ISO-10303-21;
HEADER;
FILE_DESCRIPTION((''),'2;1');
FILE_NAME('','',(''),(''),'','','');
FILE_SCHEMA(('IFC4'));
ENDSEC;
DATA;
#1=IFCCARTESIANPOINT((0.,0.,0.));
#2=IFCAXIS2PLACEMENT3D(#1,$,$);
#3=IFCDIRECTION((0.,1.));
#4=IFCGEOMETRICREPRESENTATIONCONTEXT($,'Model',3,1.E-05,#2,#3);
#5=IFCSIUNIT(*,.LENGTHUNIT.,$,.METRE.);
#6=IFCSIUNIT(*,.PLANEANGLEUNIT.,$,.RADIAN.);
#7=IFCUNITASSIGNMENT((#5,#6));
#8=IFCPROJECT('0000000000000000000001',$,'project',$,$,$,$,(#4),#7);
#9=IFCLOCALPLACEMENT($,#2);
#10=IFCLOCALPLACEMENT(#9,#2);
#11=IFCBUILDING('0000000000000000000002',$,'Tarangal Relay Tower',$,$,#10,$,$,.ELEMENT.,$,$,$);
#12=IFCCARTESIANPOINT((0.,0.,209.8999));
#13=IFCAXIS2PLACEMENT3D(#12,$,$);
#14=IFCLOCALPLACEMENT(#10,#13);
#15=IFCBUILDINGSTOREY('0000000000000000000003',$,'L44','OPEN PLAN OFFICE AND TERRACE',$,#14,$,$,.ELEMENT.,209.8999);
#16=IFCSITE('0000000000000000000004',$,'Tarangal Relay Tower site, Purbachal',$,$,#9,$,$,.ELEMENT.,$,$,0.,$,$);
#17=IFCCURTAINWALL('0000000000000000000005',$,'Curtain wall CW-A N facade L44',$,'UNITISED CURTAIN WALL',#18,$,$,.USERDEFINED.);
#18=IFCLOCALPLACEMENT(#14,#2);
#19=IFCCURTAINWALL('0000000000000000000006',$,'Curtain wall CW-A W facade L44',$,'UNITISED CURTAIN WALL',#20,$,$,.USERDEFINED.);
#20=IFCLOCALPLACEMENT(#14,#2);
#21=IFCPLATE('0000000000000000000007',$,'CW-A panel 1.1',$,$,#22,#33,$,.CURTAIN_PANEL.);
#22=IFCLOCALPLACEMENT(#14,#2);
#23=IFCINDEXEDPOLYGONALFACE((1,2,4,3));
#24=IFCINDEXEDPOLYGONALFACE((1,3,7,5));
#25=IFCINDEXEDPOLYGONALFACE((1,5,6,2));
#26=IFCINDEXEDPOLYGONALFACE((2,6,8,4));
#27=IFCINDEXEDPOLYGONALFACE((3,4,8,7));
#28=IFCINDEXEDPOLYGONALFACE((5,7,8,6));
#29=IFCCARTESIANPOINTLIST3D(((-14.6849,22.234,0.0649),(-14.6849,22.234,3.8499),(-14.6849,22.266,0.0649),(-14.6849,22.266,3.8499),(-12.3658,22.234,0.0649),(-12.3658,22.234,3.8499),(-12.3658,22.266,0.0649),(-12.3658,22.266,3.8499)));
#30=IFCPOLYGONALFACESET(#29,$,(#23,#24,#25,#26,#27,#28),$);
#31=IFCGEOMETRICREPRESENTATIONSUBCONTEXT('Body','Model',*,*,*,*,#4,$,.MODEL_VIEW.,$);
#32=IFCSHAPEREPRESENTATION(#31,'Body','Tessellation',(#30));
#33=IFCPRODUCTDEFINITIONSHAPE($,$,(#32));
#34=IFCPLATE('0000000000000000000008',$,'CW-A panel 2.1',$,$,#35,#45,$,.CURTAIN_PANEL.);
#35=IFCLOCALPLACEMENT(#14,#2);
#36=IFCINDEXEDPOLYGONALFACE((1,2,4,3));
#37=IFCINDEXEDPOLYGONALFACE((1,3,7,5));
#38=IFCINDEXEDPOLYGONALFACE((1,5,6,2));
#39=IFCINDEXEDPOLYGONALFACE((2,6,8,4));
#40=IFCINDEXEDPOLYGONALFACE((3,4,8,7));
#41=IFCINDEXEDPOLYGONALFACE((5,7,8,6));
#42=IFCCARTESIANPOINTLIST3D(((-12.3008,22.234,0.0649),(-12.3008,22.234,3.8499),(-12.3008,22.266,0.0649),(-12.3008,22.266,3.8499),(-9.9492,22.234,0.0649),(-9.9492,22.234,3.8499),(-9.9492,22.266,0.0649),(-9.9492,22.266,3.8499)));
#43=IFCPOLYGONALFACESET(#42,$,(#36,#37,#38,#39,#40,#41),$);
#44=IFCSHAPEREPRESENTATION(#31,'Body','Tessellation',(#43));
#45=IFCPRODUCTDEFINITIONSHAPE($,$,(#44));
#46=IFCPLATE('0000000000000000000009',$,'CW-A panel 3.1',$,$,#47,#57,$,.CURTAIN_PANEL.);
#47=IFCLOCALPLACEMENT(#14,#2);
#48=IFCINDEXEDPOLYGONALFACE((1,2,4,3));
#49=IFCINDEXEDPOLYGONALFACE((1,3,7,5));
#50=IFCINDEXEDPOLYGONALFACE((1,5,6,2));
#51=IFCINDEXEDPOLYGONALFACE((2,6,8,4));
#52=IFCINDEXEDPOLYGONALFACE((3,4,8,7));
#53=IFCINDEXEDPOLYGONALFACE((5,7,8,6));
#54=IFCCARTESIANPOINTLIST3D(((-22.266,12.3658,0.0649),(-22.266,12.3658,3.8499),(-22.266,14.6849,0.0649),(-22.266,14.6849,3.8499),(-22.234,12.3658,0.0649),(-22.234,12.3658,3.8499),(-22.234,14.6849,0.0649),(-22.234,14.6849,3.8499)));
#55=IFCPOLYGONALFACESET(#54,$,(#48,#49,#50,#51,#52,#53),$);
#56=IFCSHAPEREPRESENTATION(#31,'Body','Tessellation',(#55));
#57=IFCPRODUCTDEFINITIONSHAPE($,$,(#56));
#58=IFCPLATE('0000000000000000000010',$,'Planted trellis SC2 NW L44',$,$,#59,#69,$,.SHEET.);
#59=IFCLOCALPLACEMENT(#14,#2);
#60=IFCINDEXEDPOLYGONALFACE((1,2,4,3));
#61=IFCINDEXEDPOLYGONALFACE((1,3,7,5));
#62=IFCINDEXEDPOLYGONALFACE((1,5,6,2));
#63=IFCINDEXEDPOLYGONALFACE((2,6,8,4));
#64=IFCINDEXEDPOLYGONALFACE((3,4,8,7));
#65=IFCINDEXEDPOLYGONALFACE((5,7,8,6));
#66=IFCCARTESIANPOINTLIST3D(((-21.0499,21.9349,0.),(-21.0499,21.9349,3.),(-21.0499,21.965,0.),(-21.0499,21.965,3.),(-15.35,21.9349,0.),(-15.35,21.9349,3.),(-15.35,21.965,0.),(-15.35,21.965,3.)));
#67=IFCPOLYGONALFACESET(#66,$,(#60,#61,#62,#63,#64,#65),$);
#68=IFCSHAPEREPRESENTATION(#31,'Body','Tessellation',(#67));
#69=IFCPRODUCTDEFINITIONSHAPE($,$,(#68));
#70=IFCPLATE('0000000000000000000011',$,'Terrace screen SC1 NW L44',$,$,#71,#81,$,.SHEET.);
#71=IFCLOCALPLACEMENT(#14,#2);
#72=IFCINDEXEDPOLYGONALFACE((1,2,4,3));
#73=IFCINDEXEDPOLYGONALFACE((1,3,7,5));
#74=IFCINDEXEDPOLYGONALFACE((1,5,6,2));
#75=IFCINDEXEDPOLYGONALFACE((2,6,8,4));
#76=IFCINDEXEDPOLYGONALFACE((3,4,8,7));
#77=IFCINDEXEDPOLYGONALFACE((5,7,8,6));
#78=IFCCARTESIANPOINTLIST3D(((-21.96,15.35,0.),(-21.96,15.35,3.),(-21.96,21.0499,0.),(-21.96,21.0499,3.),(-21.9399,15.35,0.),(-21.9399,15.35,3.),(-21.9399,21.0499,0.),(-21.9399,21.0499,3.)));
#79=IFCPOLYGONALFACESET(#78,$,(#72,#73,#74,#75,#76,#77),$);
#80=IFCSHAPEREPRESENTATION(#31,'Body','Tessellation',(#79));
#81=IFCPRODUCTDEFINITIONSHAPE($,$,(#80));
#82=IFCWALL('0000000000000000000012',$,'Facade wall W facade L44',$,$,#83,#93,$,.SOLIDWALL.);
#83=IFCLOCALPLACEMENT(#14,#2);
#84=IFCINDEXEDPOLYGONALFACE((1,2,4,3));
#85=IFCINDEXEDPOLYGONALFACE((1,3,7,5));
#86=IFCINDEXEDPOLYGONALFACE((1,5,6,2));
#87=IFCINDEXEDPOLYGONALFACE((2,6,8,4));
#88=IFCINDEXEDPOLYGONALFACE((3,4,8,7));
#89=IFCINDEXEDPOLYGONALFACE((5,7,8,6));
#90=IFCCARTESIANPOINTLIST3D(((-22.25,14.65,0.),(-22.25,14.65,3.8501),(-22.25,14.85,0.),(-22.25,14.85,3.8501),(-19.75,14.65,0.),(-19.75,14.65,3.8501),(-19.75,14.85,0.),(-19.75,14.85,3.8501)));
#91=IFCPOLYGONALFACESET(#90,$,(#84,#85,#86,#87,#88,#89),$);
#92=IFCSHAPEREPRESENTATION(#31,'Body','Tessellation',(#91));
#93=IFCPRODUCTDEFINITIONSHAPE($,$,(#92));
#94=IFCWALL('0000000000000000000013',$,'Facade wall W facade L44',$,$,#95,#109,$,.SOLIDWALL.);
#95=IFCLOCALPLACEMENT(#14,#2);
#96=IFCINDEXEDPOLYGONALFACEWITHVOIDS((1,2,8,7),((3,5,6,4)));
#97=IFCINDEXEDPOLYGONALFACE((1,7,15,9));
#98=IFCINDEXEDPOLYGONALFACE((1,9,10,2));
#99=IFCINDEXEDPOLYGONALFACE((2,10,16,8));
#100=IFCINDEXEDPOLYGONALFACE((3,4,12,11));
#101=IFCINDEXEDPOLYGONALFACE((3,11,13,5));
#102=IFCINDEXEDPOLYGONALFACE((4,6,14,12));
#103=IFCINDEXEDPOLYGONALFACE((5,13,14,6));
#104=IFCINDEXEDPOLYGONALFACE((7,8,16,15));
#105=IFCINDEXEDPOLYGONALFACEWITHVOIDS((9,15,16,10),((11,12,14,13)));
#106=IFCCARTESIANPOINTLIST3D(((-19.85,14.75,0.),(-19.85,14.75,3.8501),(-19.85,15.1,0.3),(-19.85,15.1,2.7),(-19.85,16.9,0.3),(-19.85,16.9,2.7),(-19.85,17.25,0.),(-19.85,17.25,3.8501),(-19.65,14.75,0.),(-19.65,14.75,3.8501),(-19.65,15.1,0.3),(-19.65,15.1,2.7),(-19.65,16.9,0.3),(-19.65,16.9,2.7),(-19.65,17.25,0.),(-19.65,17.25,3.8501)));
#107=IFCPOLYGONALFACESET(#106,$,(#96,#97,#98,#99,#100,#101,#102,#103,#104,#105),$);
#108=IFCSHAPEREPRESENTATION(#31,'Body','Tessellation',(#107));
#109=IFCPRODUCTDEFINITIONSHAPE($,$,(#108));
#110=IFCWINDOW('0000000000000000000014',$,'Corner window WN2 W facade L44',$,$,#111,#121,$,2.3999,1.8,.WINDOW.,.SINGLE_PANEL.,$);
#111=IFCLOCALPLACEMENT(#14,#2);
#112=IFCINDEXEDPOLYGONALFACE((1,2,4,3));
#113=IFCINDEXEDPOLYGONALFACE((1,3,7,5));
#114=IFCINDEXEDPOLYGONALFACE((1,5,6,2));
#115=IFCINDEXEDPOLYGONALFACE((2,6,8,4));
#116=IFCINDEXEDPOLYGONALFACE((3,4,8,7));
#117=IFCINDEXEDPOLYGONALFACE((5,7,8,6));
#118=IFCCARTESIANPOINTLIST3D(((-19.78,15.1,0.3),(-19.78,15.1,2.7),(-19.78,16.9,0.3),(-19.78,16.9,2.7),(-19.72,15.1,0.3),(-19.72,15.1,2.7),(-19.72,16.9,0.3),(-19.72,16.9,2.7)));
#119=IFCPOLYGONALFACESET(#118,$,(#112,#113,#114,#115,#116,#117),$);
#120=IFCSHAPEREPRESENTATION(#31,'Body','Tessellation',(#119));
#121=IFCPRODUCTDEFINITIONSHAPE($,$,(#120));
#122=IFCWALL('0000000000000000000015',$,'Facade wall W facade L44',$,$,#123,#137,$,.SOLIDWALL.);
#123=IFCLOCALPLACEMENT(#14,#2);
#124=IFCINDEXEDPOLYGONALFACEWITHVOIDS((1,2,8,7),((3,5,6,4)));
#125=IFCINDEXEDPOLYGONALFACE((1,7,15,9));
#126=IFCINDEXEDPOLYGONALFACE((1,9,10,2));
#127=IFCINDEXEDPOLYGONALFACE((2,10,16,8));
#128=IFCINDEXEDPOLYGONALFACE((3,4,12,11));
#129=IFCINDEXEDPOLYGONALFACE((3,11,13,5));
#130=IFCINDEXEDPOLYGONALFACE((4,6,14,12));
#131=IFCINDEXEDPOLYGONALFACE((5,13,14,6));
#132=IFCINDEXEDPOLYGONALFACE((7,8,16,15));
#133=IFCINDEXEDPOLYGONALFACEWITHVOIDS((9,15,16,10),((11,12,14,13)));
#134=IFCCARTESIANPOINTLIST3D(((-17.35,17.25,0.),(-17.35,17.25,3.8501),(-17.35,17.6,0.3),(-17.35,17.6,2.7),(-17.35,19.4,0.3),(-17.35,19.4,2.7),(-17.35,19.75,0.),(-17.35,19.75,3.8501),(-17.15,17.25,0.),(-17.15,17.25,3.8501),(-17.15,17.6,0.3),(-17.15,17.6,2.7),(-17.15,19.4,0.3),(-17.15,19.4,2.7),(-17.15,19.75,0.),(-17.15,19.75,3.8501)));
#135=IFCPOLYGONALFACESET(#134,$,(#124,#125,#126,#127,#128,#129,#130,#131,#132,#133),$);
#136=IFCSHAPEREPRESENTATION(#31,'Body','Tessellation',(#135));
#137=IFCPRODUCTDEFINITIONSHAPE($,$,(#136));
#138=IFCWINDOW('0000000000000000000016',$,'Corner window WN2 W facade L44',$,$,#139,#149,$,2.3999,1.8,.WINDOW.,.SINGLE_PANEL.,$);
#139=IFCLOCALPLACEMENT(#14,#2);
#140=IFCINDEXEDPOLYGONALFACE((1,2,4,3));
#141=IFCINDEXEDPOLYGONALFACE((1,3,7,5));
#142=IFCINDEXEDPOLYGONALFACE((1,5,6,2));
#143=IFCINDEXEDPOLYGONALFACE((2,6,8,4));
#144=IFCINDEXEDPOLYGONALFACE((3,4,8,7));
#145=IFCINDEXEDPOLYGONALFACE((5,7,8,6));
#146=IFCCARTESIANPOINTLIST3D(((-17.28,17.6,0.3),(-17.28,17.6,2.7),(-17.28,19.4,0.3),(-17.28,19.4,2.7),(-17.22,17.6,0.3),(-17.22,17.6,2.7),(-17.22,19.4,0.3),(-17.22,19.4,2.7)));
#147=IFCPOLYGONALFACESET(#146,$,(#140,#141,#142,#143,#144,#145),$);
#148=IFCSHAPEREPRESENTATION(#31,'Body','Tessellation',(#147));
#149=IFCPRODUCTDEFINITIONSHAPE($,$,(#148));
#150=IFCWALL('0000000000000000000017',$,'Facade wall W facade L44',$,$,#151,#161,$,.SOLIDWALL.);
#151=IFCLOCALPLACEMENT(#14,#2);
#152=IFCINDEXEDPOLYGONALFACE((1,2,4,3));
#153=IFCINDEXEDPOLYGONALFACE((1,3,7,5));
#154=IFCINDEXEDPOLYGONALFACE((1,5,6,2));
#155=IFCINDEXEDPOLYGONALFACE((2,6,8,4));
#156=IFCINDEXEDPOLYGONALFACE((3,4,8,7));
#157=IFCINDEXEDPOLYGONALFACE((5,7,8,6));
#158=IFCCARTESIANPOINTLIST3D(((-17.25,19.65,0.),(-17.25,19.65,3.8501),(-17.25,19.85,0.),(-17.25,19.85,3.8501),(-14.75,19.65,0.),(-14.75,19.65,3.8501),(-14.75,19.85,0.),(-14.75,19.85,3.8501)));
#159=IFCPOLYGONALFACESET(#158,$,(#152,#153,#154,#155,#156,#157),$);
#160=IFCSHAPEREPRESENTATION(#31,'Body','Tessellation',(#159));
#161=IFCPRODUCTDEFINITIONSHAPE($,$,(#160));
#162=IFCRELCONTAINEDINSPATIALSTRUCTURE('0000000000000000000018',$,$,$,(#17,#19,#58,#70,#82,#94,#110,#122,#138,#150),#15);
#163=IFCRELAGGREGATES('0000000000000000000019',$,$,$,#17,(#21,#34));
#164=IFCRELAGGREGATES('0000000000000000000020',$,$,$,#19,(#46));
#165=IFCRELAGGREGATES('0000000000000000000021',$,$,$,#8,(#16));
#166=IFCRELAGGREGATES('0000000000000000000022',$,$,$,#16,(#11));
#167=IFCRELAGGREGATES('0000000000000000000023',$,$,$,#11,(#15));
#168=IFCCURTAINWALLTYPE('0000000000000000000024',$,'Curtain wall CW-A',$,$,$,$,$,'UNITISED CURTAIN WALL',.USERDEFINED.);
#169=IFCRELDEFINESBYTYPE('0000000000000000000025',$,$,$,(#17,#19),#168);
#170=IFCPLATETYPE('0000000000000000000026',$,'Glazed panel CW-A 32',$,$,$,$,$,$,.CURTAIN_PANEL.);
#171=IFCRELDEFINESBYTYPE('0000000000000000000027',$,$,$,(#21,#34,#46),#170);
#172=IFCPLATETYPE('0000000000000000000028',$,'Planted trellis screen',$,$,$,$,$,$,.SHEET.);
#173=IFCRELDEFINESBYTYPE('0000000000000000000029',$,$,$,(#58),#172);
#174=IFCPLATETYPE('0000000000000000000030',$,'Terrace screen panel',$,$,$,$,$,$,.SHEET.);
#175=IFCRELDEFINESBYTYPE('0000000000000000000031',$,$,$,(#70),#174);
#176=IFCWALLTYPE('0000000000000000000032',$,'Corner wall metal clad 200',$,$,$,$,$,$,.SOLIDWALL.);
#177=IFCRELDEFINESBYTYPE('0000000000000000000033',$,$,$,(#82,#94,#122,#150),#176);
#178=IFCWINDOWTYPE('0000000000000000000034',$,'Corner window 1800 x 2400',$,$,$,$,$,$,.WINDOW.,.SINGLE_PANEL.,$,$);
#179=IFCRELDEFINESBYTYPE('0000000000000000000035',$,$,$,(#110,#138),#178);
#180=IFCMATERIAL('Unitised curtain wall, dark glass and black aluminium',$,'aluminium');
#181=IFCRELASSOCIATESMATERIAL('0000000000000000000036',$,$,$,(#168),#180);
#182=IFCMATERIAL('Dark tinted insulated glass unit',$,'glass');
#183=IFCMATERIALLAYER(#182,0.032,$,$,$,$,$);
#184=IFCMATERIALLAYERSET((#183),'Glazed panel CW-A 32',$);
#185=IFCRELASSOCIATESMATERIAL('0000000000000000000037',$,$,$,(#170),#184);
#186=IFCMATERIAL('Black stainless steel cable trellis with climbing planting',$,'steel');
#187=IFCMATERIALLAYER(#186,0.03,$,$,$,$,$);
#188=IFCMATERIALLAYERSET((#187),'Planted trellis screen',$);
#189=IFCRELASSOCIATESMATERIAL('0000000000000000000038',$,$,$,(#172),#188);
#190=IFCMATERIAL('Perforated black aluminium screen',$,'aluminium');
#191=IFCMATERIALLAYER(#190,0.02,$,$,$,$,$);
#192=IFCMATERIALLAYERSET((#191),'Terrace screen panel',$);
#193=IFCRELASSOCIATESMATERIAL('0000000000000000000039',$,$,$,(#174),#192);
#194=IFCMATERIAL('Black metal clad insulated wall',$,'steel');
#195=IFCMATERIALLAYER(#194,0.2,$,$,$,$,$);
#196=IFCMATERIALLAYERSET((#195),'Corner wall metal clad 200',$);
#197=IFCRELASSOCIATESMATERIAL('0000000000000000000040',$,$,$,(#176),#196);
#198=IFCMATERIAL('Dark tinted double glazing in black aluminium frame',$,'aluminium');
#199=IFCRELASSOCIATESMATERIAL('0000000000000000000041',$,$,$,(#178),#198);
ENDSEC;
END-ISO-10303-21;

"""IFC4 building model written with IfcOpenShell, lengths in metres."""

from ifc_helpers import new_model, si_unit, direction, frame, frame_2d, origin, origin_2d, place, context, subcontext, project, spatial, rectangle, extrude, material, layer, layer_set, type_object, element, fill, aggregate, save


model = new_model("IFC4")

# Units and contexts
model_context = context("Model", 3, precision=1e-05, world=origin(), true_north=direction((0.0, 1.0)))
body_context = subcontext(model_context, "Body", "Model", "MODEL_VIEW")
ifc_project = project(units=[si_unit("LENGTHUNIT", "METRE"), si_unit("PLANEANGLEUNIT", "RADIAN")], contexts=[model_context])

# Site, building, storey
site_placement = place(None, origin())
site = spatial("IfcSite", under=ifc_project, at=site_placement, Name="Tarangal Relay Tower site, Purbachal", CompositionType="ELEMENT", RefElevation=0.0)
building_placement = place(site_placement, origin())
building = spatial("IfcBuilding", under=site, at=building_placement, Name="Tarangal Relay Tower", CompositionType="ELEMENT")
storey_placement = place(building_placement, frame((0.0, 0.0, 209.8999)))
storey = spatial("IfcBuildingStorey", under=building, at=storey_placement, Name="L44", Description="OPEN PLAN OFFICE AND TERRACE", CompositionType="ELEMENT", Elevation=209.8999)

# Curtain walls
ifc_material_1 = material(Name="Unitised curtain wall, dark glass and black aluminium", Category="aluminium")
curtain_wall_type = type_object("IfcCurtainWallType", Name="Curtain wall CW-A", ElementType="UNITISED CURTAIN WALL", PredefinedType="USERDEFINED", material=ifc_material_1)
curtain_wall_1_placement = place(storey_placement, origin())
curtain_wall_1 = element("IfcCurtainWall", 1, at=curtain_wall_1_placement, inside=storey, type_object=curtain_wall_type, Name="Curtain wall CW-A N facade L44", ObjectType="UNITISED CURTAIN WALL", PredefinedType="USERDEFINED")
curtain_wall_2_placement = place(storey_placement, origin())
curtain_wall_2 = element("IfcCurtainWall", 2, at=curtain_wall_2_placement, inside=storey, type_object=curtain_wall_type, Name="Curtain wall CW-A W facade L44", ObjectType="UNITISED CURTAIN WALL", PredefinedType="USERDEFINED")

# Plates
ifc_material_2 = material(Name="Dark tinted insulated glass unit", Category="glass")
ifc_layer_1 = layer(ifc_material_2, 0.032)
ifc_layer_set_1 = layer_set([ifc_layer_1], Name="Glazed panel CW-A 32")
plate_type_1 = type_object("IfcPlateType", Name="Glazed panel CW-A 32", PredefinedType="CURTAIN_PANEL", material=ifc_layer_set_1)
plate_1_placement = place(storey_placement, frame((-13.5254, 22.25, 0.0649), z_axis=(0.0, 0.0, 1.0), x_axis=(1.0, 0.0, 0.0)))
plate_1 = element("IfcPlate", 3, at=plate_1_placement, type_object=plate_type_1, Name="CW-A panel 1.1", PredefinedType="CURTAIN_PANEL", context=body_context, shape_type="SweptSolid", body=[
    extrude(rectangle(XDim=2.3191, YDim=0.032, at=origin_2d()), origin(), (0.0, 0.0, 1.0), 3.7849),
])
plate_2_placement = place(storey_placement, frame((-11.125, 22.25, 0.0649), z_axis=(0.0, 0.0, 1.0), x_axis=(1.0, 0.0, 0.0)))
plate_2 = element("IfcPlate", 4, at=plate_2_placement, type_object=plate_type_1, Name="CW-A panel 2.1", PredefinedType="CURTAIN_PANEL", context=body_context, shape_type="SweptSolid", body=[
    extrude(rectangle(XDim=2.3516, YDim=0.032, at=origin_2d()), origin(), (0.0, 0.0, 1.0), 3.7849),
])
aggregate(curtain_wall_1, [plate_1, plate_2])
plate_3_placement = place(storey_placement, frame((-22.25, 13.5254, 0.0649), z_axis=(0.0, 0.0, 1.0), x_axis=(0.0, 1.0, 0.0)))
plate_3 = element("IfcPlate", 5, at=plate_3_placement, type_object=plate_type_1, Name="CW-A panel 3.1", PredefinedType="CURTAIN_PANEL", context=body_context, shape_type="SweptSolid", body=[
    extrude(rectangle(XDim=2.3191, YDim=0.032, at=origin_2d()), origin(), (0.0, 0.0, 1.0), 3.7849),
])
aggregate(curtain_wall_2, [plate_3])

# Plates
ifc_material_3 = material(Name="Black stainless steel cable trellis with climbing planting", Category="steel")
ifc_layer_2 = layer(ifc_material_3, 0.03)
ifc_layer_set_2 = layer_set([ifc_layer_2], Name="Planted trellis screen")
plate_type_2 = type_object("IfcPlateType", Name="Planted trellis screen", PredefinedType="SHEET", material=ifc_layer_set_2)
plate_4_placement = place(storey_placement, frame((-18.2, 21.95, 0.0), z_axis=(0.0, 0.0, 1.0), x_axis=(1.0, 0.0, 0.0)))
element("IfcPlate", 6, at=plate_4_placement, inside=storey, type_object=plate_type_2, Name="Planted trellis SC2 NW L44", PredefinedType="SHEET", context=body_context, shape_type="SweptSolid", body=[
    extrude(rectangle(XDim=5.7, YDim=0.03, at=origin_2d()), origin(), (0.0, 0.0, 1.0), 3.0),
])
ifc_material_4 = material(Name="Perforated black aluminium screen", Category="aluminium")
ifc_layer_3 = layer(ifc_material_4, 0.02)
ifc_layer_set_3 = layer_set([ifc_layer_3], Name="Terrace screen panel")
plate_type_3 = type_object("IfcPlateType", Name="Terrace screen panel", PredefinedType="SHEET", material=ifc_layer_set_3)
plate_5_placement = place(storey_placement, frame((-21.95, 18.2, 0.0), z_axis=(0.0, 0.0, 1.0), x_axis=(0.0, 1.0, 0.0)))
element("IfcPlate", 7, at=plate_5_placement, inside=storey, type_object=plate_type_3, Name="Terrace screen SC1 NW L44", PredefinedType="SHEET", context=body_context, shape_type="SweptSolid", body=[
    extrude(rectangle(XDim=5.7, YDim=0.02, at=origin_2d()), origin(), (0.0, 0.0, 1.0), 3.0),
])

# Wall
ifc_material_5 = material(Name="Black metal clad insulated wall", Category="steel")
ifc_layer_4 = layer(ifc_material_5, 0.2)
ifc_layer_set_4 = layer_set([ifc_layer_4], Name="Corner wall metal clad 200")
wall_type_1 = type_object("IfcWallType", Name="Corner wall metal clad 200", PredefinedType="SOLIDWALL", material=ifc_layer_set_4)
wall_1_placement = place(storey_placement, frame((-22.25, 14.75, 0.0), z_axis=(0.0, 0.0, 1.0), x_axis=(1.0, 0.0, 0.0)))
element("IfcWall", 8, at=wall_1_placement, inside=storey, type_object=wall_type_1, Name="Facade wall W facade L44", PredefinedType="SOLIDWALL", context=body_context, shape_type="SweptSolid", body=[
    extrude(rectangle(XDim=2.5, YDim=0.2, at=frame_2d((1.25, 0.0))), origin(), (0.0, 0.0, 1.0), 3.8501),
])

# Wall, opening, window
wall_2_placement = place(storey_placement, frame((-19.75, 14.75, 0.0), z_axis=(0.0, 0.0, 1.0), x_axis=(0.0, 1.0, 0.0)))
wall_2 = element("IfcWall", 9, at=wall_2_placement, inside=storey, type_object=wall_type_1, Name="Facade wall W facade L44", PredefinedType="SOLIDWALL", context=body_context, shape_type="SweptSolid", body=[
    extrude(rectangle(XDim=2.5, YDim=0.2, at=frame_2d((1.25, 0.0))), origin(), (0.0, 0.0, 1.0), 3.8501),
])
opening_1_placement = place(wall_2_placement, frame((0.3501, 0.0, 0.3)))
opening_1 = element("IfcOpeningElement", 10, at=opening_1_placement, cuts=wall_2, PredefinedType="OPENING", context=body_context, shape_type="SweptSolid", body=[
    extrude(rectangle(XDim=1.8, YDim=2.3999, at=frame_2d((0.8999, 1.2))), frame((0.0, 0.1099, 0.0), z_axis=(0.0, -1.0, 0.0), x_axis=(1.0, 0.0, 0.0)), (0.0, 0.0, 1.0), 0.22),
])
ifc_material_6 = material(Name="Dark tinted double glazing in black aluminium frame", Category="aluminium")
window_type = type_object("IfcWindowType", Name="Corner window 1800 x 2400", PartitioningType="SINGLE_PANEL", PredefinedType="WINDOW", material=ifc_material_6)
window_1_placement = place(opening_1_placement, origin())
window_1 = element("IfcWindow", 11, at=window_1_placement, inside=storey, type_object=window_type, Name="Corner window WN2 W facade L44", OverallHeight=2.3999, OverallWidth=1.8, PartitioningType="SINGLE_PANEL", PredefinedType="WINDOW", context=body_context, shape_type="SweptSolid", body=[
    extrude(rectangle(XDim=1.8, YDim=2.3999, at=frame_2d((0.8999, 1.2))), frame((0.0, 0.03, 0.0), z_axis=(0.0, -1.0, 0.0), x_axis=(1.0, 0.0, 0.0)), (0.0, 0.0, 1.0), 0.0601),
])
fill(opening_1, window_1)

# Wall, opening, window
wall_3_placement = place(storey_placement, frame((-17.25, 17.25, 0.0), z_axis=(0.0, 0.0, 1.0), x_axis=(0.0, 1.0, 0.0)))
wall_3 = element("IfcWall", 12, at=wall_3_placement, inside=storey, type_object=wall_type_1, Name="Facade wall W facade L44", PredefinedType="SOLIDWALL", context=body_context, shape_type="SweptSolid", body=[
    extrude(rectangle(XDim=2.5, YDim=0.2, at=frame_2d((1.25, 0.0))), origin(), (0.0, 0.0, 1.0), 3.8501),
])
opening_2_placement = place(wall_3_placement, frame((0.3501, 0.0, 0.3)))
opening_2 = element("IfcOpeningElement", 13, at=opening_2_placement, cuts=wall_3, PredefinedType="OPENING", context=body_context, shape_type="SweptSolid", body=[
    extrude(rectangle(XDim=1.8, YDim=2.3999, at=frame_2d((0.8999, 1.2))), frame((0.0, 0.1099, 0.0), z_axis=(0.0, -1.0, 0.0), x_axis=(1.0, 0.0, 0.0)), (0.0, 0.0, 1.0), 0.22),
])
window_2_placement = place(opening_2_placement, origin())
window_2 = element("IfcWindow", 14, at=window_2_placement, inside=storey, type_object=window_type, Name="Corner window WN2 W facade L44", OverallHeight=2.3999, OverallWidth=1.8, PartitioningType="SINGLE_PANEL", PredefinedType="WINDOW", context=body_context, shape_type="SweptSolid", body=[
    extrude(rectangle(XDim=1.8, YDim=2.3999, at=frame_2d((0.8999, 1.2))), frame((0.0, 0.03, 0.0), z_axis=(0.0, -1.0, 0.0), x_axis=(1.0, 0.0, 0.0)), (0.0, 0.0, 1.0), 0.0601),
])
fill(opening_2, window_2)

# Wall
wall_4_placement = place(storey_placement, frame((-17.25, 19.75, 0.0), z_axis=(0.0, 0.0, 1.0), x_axis=(1.0, 0.0, 0.0)))
element("IfcWall", 15, at=wall_4_placement, inside=storey, type_object=wall_type_1, Name="Facade wall W facade L44", PredefinedType="SOLIDWALL", context=body_context, shape_type="SweptSolid", body=[
    extrude(rectangle(XDim=2.5, YDim=0.2, at=frame_2d((1.25, 0.0))), origin(), (0.0, 0.0, 1.0), 3.8501),
])

save(model, "model.ifc")
